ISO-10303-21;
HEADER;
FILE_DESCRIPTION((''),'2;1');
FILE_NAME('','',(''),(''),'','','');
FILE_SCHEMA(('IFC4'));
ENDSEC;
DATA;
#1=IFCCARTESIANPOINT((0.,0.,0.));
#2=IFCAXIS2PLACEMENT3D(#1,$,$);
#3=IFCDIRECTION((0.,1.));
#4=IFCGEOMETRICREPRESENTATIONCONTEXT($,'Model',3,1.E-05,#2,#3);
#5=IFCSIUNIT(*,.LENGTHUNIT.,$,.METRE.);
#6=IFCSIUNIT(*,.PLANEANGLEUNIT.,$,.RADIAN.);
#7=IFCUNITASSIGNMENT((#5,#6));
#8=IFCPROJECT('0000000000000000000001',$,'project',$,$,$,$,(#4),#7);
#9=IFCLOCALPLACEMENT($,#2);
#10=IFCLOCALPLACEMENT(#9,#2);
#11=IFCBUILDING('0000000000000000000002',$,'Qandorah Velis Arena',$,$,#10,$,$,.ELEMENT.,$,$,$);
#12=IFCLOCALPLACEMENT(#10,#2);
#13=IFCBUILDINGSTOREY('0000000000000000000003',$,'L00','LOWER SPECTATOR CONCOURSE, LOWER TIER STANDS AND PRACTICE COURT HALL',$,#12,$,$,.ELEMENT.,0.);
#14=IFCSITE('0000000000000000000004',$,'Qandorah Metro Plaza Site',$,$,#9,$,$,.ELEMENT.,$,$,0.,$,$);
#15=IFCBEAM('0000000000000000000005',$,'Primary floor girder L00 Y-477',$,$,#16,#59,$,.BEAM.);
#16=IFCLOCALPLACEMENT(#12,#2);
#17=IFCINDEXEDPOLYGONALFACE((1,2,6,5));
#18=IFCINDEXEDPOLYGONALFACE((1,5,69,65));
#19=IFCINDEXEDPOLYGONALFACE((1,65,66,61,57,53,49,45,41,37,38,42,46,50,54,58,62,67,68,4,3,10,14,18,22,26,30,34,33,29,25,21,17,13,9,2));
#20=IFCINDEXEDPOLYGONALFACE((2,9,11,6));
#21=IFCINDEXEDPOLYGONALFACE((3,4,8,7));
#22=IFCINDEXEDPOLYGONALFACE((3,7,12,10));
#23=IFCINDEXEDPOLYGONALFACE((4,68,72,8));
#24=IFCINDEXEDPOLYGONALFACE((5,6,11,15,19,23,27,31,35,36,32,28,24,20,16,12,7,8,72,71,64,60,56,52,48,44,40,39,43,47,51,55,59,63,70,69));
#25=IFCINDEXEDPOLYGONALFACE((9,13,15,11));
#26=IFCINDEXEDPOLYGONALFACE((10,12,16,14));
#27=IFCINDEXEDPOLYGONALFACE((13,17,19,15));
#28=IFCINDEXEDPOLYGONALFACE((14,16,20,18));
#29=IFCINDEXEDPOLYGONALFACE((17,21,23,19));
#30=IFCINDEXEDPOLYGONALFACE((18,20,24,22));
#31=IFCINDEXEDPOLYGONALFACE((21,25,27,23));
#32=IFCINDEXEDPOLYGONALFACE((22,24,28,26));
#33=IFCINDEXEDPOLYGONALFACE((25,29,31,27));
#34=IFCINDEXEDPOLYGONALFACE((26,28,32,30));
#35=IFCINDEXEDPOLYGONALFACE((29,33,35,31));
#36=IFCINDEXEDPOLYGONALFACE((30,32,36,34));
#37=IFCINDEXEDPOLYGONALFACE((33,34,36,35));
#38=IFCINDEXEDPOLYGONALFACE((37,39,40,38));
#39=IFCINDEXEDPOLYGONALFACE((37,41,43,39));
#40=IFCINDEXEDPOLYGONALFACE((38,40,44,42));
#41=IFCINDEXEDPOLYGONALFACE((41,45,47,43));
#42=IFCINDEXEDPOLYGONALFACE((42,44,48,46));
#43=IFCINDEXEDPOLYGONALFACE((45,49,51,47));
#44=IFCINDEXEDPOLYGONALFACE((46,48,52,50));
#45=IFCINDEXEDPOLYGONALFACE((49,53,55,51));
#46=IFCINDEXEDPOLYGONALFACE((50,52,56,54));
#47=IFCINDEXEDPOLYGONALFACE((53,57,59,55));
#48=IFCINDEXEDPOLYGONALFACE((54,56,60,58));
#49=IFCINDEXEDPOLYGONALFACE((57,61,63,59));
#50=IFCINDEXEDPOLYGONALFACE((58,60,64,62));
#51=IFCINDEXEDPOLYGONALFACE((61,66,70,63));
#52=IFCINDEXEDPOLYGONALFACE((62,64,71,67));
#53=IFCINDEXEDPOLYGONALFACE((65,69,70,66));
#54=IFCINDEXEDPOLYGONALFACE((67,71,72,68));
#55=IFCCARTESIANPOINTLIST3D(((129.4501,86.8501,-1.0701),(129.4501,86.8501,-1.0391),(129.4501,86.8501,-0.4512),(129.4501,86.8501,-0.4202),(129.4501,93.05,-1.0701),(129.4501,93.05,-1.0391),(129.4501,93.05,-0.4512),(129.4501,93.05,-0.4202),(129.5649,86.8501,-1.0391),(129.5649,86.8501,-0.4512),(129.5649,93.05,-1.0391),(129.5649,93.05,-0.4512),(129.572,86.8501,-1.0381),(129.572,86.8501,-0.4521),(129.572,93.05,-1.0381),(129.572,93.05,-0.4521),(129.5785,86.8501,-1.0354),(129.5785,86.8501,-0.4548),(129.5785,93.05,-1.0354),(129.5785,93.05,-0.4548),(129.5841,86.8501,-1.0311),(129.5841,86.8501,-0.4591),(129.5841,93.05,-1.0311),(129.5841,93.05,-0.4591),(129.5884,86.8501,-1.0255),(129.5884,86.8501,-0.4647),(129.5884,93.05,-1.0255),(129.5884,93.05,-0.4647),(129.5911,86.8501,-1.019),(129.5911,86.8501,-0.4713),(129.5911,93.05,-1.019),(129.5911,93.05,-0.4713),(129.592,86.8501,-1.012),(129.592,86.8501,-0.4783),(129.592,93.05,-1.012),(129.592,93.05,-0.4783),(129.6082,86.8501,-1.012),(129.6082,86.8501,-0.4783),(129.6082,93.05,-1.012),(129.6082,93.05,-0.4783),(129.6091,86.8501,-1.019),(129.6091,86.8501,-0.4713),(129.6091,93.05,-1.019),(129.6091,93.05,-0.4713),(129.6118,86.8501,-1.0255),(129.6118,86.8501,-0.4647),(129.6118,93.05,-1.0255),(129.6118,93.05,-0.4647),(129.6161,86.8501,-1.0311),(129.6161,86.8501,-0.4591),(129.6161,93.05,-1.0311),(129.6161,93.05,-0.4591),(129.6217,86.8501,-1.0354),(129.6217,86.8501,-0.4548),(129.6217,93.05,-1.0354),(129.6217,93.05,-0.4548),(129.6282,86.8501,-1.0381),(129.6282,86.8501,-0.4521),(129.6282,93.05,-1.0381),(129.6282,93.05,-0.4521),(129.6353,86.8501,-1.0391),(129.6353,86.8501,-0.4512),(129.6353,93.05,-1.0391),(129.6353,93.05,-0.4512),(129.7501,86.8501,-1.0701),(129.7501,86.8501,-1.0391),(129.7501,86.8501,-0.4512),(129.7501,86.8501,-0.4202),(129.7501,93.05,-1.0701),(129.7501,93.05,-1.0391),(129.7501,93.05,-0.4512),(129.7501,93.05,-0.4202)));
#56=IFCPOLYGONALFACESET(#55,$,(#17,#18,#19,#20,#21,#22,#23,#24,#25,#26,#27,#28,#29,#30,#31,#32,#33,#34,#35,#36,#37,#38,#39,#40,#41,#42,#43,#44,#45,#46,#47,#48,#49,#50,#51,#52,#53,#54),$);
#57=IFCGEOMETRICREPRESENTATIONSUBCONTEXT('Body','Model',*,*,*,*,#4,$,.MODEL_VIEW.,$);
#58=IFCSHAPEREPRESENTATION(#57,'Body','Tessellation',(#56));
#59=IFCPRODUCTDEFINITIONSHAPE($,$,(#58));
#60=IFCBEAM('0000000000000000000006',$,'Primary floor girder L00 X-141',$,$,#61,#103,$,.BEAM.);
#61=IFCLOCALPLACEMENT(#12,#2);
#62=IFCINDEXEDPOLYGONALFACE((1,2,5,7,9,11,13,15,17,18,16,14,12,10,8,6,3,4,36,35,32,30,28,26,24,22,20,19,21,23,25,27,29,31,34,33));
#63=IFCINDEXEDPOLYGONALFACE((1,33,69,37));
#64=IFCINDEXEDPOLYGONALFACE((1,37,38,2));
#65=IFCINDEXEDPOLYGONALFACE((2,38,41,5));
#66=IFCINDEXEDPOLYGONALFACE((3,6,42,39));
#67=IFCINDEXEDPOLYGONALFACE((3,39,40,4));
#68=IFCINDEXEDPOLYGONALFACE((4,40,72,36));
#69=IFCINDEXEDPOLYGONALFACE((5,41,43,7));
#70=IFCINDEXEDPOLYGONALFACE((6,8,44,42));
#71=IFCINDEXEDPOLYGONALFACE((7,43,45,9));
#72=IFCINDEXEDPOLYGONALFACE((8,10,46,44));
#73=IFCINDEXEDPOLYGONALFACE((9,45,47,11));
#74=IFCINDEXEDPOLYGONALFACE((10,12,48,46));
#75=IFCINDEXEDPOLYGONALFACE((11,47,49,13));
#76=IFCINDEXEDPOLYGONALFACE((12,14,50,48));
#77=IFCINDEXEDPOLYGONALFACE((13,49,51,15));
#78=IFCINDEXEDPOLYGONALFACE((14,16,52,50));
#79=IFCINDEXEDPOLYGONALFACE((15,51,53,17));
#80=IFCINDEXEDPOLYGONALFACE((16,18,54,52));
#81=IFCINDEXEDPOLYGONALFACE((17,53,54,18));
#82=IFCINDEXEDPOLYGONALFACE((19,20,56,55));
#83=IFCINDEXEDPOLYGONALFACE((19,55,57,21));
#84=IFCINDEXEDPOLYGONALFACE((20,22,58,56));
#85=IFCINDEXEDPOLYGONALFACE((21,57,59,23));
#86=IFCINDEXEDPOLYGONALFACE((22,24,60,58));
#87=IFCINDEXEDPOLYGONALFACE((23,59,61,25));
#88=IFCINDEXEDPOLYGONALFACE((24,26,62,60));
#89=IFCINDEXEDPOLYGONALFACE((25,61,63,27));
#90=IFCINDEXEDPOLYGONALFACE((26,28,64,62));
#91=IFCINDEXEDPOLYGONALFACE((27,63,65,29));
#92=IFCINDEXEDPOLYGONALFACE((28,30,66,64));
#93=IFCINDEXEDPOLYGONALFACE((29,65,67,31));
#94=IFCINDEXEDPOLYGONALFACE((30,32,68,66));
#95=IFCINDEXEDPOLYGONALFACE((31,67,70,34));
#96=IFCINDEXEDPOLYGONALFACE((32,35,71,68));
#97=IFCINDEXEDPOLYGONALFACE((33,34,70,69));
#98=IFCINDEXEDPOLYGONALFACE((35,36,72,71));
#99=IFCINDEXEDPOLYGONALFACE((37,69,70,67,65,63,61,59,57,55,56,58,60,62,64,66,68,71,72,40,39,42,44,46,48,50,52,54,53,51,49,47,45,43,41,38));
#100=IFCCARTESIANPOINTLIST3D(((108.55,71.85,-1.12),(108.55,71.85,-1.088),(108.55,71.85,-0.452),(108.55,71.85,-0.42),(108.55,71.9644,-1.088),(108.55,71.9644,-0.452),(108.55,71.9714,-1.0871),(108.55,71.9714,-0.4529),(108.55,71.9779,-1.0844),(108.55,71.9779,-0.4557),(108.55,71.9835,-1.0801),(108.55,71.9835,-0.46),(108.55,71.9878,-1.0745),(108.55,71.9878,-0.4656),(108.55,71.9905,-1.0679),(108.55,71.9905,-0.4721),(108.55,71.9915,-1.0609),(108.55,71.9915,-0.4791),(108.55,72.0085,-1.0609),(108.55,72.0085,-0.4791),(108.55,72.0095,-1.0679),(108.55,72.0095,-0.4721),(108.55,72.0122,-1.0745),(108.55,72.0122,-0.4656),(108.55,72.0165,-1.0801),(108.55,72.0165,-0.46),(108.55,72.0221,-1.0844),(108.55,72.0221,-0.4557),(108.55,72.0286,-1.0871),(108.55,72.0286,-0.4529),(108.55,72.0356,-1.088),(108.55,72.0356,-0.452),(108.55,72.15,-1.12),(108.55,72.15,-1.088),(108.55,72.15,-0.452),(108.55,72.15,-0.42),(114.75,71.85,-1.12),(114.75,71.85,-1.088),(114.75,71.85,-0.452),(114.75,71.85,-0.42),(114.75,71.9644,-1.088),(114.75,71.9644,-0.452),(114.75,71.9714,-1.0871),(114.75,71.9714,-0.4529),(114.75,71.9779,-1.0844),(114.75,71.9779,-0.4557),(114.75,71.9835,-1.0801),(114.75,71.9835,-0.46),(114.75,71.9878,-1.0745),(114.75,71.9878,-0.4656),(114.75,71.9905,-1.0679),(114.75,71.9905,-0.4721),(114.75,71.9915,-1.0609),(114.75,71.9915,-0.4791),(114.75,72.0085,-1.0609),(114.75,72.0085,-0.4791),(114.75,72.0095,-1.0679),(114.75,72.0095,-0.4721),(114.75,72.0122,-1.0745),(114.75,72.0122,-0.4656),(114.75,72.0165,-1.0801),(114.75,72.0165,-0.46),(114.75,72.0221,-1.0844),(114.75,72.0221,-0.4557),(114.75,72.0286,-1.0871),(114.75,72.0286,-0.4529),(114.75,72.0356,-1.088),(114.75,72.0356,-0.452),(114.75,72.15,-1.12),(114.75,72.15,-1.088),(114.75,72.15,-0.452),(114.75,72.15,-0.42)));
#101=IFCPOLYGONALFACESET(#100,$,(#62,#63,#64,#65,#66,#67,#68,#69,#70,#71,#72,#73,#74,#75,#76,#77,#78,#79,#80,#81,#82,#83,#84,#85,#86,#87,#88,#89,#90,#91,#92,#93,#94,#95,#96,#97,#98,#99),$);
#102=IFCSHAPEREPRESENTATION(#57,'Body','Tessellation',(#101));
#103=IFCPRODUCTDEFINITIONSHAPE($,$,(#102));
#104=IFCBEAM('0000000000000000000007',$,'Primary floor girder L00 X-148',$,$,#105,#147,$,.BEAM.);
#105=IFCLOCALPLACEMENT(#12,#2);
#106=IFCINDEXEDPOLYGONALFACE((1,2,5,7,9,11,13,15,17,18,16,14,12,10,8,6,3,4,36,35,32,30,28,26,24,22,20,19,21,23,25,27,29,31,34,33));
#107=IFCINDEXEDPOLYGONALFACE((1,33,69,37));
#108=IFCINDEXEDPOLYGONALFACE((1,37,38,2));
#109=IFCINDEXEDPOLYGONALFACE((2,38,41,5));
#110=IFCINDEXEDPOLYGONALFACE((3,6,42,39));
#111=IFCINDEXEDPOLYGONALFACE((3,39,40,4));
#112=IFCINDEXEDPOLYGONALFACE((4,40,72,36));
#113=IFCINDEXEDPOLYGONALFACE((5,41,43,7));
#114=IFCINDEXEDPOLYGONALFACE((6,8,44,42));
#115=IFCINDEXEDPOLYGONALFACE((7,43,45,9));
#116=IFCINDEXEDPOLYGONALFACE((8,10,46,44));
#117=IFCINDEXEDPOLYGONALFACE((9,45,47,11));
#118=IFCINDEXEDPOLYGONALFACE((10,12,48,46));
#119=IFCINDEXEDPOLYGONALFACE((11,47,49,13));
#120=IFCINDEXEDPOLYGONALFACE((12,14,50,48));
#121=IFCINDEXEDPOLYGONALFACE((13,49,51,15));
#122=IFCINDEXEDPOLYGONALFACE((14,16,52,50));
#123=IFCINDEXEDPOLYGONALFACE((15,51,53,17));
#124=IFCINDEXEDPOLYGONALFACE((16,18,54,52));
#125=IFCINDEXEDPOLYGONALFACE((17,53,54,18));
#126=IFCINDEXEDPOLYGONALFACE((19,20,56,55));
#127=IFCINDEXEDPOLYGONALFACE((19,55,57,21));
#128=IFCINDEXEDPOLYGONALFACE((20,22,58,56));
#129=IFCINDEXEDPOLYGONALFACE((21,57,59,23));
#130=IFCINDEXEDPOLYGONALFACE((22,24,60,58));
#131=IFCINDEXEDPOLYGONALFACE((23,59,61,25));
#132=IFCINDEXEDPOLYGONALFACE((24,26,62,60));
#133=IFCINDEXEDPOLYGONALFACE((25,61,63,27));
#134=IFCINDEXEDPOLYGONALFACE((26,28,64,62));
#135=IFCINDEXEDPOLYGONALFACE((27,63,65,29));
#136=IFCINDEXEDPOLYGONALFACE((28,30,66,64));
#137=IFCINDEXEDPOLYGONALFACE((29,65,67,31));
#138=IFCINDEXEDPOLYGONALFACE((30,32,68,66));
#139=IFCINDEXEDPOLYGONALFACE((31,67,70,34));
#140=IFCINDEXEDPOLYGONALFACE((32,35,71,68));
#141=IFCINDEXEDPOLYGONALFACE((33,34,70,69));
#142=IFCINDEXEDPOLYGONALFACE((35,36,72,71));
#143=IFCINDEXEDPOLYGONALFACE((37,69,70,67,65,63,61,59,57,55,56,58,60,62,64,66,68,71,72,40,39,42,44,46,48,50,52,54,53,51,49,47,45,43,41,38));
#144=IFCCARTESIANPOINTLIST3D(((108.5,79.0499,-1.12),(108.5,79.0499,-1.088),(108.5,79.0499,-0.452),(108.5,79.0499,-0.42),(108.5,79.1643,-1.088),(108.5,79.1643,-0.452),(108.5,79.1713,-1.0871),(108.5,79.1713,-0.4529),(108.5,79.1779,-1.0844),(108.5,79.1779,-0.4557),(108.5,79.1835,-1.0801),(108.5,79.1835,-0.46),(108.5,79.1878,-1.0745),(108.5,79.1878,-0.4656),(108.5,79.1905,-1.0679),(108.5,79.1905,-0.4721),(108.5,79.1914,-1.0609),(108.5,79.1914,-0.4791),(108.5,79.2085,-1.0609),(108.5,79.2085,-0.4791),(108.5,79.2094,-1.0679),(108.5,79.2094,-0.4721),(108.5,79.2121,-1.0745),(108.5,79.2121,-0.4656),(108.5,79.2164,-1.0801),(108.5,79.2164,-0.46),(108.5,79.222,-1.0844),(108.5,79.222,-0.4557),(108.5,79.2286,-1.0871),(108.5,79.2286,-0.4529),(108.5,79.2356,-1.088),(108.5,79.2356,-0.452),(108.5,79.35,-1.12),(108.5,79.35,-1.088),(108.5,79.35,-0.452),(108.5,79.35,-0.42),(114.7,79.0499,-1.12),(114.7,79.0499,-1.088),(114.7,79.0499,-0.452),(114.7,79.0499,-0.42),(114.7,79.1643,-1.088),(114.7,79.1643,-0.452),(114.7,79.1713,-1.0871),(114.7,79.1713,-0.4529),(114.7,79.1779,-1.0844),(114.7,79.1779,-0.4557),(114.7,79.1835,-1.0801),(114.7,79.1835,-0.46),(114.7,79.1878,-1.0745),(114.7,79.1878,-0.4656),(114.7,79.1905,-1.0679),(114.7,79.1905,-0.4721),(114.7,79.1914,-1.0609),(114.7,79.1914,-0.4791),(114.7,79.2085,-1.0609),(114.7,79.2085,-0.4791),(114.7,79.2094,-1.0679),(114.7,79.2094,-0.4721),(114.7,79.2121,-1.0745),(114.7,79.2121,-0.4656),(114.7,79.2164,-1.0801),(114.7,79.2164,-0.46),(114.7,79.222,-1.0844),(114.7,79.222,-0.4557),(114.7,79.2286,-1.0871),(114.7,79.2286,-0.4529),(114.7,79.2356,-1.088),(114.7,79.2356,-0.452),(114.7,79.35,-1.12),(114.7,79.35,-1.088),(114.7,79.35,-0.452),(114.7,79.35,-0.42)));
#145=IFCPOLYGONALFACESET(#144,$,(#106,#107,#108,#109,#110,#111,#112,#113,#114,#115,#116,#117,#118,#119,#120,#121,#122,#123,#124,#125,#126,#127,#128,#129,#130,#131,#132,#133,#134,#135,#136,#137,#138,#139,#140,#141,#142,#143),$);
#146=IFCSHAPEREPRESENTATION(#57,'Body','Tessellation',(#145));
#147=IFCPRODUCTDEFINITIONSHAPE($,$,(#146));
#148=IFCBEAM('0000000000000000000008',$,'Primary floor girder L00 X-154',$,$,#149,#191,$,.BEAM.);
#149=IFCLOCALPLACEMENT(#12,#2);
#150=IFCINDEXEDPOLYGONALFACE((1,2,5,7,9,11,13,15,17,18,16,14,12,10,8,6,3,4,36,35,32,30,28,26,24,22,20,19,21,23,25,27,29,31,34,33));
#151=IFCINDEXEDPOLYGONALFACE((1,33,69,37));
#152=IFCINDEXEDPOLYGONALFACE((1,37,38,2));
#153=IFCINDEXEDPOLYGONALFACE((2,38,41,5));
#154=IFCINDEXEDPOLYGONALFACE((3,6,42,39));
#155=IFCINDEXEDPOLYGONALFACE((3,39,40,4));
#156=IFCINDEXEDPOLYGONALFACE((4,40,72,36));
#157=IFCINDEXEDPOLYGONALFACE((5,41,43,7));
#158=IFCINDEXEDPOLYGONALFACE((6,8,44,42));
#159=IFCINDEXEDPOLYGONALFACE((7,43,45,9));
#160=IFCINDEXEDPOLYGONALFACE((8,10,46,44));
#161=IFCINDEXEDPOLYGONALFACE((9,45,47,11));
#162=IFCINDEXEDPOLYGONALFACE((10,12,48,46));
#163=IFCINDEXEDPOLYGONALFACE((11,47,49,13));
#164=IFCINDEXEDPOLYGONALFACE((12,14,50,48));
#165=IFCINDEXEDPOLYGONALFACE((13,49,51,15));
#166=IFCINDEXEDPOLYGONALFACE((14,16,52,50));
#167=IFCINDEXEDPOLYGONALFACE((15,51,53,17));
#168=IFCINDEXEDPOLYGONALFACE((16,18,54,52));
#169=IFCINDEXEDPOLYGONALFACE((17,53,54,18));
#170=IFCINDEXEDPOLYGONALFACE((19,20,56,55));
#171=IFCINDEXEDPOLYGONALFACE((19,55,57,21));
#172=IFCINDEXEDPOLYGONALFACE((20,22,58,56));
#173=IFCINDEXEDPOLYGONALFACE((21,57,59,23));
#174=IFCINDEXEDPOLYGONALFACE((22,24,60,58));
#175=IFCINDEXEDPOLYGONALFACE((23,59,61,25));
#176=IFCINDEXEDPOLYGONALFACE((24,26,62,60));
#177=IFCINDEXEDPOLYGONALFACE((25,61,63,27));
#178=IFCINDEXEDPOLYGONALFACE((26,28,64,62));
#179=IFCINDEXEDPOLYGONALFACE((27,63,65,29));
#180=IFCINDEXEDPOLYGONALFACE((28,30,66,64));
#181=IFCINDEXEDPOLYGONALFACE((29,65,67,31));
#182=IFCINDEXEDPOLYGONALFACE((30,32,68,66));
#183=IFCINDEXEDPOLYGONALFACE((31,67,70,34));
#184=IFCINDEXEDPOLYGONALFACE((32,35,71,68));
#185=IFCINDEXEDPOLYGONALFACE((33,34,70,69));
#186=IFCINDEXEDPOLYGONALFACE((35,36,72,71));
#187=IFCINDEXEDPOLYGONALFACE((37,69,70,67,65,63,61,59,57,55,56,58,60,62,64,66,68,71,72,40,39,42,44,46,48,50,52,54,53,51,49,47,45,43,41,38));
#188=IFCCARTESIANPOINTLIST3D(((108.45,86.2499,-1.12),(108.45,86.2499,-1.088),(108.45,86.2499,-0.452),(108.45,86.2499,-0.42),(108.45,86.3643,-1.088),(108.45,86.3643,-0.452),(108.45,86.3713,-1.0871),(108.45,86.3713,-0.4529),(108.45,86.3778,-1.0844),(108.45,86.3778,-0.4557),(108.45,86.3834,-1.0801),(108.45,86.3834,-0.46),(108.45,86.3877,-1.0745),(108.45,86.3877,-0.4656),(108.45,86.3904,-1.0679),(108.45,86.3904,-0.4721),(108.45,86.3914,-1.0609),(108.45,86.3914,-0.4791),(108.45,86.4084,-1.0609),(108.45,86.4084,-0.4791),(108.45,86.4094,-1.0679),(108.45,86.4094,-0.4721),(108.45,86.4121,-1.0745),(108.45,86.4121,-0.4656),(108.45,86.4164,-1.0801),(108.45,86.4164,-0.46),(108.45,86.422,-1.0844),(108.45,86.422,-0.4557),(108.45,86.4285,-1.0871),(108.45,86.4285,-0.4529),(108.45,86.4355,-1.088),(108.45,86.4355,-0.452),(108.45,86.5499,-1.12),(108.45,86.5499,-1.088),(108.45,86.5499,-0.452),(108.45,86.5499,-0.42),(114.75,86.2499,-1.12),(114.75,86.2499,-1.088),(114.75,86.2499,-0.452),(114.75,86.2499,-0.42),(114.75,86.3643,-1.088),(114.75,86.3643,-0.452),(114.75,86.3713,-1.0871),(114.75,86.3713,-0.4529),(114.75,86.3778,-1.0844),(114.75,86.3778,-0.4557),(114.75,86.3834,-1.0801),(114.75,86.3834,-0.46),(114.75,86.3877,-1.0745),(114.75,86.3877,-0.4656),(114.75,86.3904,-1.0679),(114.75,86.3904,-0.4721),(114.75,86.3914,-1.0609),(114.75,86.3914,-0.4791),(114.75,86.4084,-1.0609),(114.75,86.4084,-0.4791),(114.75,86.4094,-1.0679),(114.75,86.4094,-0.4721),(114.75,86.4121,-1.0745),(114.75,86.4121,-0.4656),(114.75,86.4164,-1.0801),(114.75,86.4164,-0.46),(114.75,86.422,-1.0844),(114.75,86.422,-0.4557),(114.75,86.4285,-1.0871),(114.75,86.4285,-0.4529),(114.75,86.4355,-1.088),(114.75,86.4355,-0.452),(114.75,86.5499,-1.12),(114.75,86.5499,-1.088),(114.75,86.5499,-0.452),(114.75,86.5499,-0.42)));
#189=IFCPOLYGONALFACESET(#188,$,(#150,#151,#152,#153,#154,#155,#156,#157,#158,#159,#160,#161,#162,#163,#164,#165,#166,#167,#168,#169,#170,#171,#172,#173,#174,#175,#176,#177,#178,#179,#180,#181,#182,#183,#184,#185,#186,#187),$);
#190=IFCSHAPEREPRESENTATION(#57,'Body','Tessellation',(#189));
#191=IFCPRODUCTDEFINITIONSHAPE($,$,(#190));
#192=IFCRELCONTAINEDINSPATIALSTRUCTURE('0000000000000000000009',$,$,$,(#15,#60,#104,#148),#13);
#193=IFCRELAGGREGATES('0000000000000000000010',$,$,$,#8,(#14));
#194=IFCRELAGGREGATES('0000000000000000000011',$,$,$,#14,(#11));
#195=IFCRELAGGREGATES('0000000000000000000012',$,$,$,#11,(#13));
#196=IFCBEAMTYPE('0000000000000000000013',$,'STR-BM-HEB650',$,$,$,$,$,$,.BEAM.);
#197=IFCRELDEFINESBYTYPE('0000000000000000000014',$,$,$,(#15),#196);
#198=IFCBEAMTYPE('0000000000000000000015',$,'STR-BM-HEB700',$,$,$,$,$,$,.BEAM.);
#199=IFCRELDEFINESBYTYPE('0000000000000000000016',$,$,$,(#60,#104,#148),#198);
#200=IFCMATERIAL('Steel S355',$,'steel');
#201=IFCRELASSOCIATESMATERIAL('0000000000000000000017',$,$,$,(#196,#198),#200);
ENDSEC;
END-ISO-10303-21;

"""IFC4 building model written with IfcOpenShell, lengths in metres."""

from ifc_helpers import new_model, si_unit, direction, frame, origin, origin_2d, place, context, subcontext, project, spatial, i_section, extrude, material, material_profile, profile_set, type_object, element, save


model = new_model("IFC4")

# Units and contexts
model_context = context("Model", 3, precision=1e-05, world=origin(), true_north=direction((0.0, 1.0)))
body_context = subcontext(model_context, "Body", "Model", "MODEL_VIEW")
ifc_project = project(units=[si_unit("LENGTHUNIT", "METRE"), si_unit("PLANEANGLEUNIT", "RADIAN")], contexts=[model_context])

# Site, building, storey
site_placement = place(None, origin())
site = spatial("IfcSite", under=ifc_project, at=site_placement, Name="Qandorah Metro Plaza Site", CompositionType="ELEMENT", RefElevation=0.0)
building_placement = place(site_placement, origin())
building = spatial("IfcBuilding", under=site, at=building_placement, Name="Qandorah Velis Arena", CompositionType="ELEMENT")
storey_placement = place(building_placement, origin())
storey = spatial("IfcBuildingStorey", under=building, at=storey_placement, Name="L00", Description="LOWER SPECTATOR CONCOURSE, LOWER TIER STANDS AND PRACTICE COURT HALL", CompositionType="ELEMENT", Elevation=0.0)

# Beams
ifc_material_1 = material(Name="Steel S355", Category="steel")
ifc_material_profile_1 = material_profile(ifc_material_1, i_section(OverallWidth=0.3, OverallDepth=0.6499, WebThickness=0.0161, FlangeThickness=0.031, FilletRadius=0.0271, at=origin_2d()), Name="HEB 650")
ifc_profile_set_1 = profile_set([ifc_material_profile_1], Name="Steel S355")
beam_type_1 = type_object("IfcBeamType", Name="STR-BM-HEB650", PredefinedType="BEAM", material=ifc_profile_set_1)
for number, where, z_axis, x_axis, name in (
    (1, (129.6001, 86.8501, -0.7451), (0.0, 1.0, 0.0), (-1.0, 0.0, 0.0), "Primary floor girder L00 Y-477"),
):
    element("IfcBeam", number, at=place(storey_placement, frame(where, z_axis=z_axis, x_axis=x_axis)), inside=storey, type_object=beam_type_1, Name=name, PredefinedType="BEAM", context=body_context, shape_type="SweptSolid", body=[
        extrude(i_section(OverallWidth=0.3, OverallDepth=0.6499, WebThickness=0.0161, FlangeThickness=0.031, FilletRadius=0.0271, at=origin_2d()), origin(), (0.0, 0.0, 1.0), 6.2),
    ])
ifc_material_profile_2 = material_profile(ifc_material_1, i_section(OverallWidth=0.3, OverallDepth=0.7, WebThickness=0.0171, FlangeThickness=0.032, FilletRadius=0.0271, at=origin_2d()), Name="HEB 700")
ifc_profile_set_2 = profile_set([ifc_material_profile_2], Name="Steel S355")
beam_type_2 = type_object("IfcBeamType", Name="STR-BM-HEB700", PredefinedType="BEAM", material=ifc_profile_set_2)
for number, where, z_axis, x_axis, name in (
    (2, (108.55, 72.0, -0.77), (1.0, 0.0, 0.0), (0.0, 1.0, 0.0), "Primary floor girder L00 X-141"),
    (3, (108.5, 79.2, -0.77), (1.0, 0.0, 0.0), (0.0, 1.0, 0.0), "Primary floor girder L00 X-148"),
):
    element("IfcBeam", number, at=place(storey_placement, frame(where, z_axis=z_axis, x_axis=x_axis)), inside=storey, type_object=beam_type_2, Name=name, PredefinedType="BEAM", context=body_context, shape_type="SweptSolid", body=[
        extrude(i_section(OverallWidth=0.3, OverallDepth=0.7, WebThickness=0.0171, FlangeThickness=0.032, FilletRadius=0.0271, at=origin_2d()), origin(), (0.0, 0.0, 1.0), 6.2),
    ])
for number, where, z_axis, x_axis, name in (
    (4, (108.45, 86.3999, -0.77), (1.0, 0.0, 0.0), (0.0, 1.0, 0.0), "Primary floor girder L00 X-154"),
):
    element("IfcBeam", number, at=place(storey_placement, frame(where, z_axis=z_axis, x_axis=x_axis)), inside=storey, type_object=beam_type_2, Name=name, PredefinedType="BEAM", context=body_context, shape_type="SweptSolid", body=[
        extrude(i_section(OverallWidth=0.3, OverallDepth=0.7, WebThickness=0.0171, FlangeThickness=0.032, FilletRadius=0.0271, at=origin_2d()), origin(), (0.0, 0.0, 1.0), 6.3),
    ])

save(model, "model.ifc")
